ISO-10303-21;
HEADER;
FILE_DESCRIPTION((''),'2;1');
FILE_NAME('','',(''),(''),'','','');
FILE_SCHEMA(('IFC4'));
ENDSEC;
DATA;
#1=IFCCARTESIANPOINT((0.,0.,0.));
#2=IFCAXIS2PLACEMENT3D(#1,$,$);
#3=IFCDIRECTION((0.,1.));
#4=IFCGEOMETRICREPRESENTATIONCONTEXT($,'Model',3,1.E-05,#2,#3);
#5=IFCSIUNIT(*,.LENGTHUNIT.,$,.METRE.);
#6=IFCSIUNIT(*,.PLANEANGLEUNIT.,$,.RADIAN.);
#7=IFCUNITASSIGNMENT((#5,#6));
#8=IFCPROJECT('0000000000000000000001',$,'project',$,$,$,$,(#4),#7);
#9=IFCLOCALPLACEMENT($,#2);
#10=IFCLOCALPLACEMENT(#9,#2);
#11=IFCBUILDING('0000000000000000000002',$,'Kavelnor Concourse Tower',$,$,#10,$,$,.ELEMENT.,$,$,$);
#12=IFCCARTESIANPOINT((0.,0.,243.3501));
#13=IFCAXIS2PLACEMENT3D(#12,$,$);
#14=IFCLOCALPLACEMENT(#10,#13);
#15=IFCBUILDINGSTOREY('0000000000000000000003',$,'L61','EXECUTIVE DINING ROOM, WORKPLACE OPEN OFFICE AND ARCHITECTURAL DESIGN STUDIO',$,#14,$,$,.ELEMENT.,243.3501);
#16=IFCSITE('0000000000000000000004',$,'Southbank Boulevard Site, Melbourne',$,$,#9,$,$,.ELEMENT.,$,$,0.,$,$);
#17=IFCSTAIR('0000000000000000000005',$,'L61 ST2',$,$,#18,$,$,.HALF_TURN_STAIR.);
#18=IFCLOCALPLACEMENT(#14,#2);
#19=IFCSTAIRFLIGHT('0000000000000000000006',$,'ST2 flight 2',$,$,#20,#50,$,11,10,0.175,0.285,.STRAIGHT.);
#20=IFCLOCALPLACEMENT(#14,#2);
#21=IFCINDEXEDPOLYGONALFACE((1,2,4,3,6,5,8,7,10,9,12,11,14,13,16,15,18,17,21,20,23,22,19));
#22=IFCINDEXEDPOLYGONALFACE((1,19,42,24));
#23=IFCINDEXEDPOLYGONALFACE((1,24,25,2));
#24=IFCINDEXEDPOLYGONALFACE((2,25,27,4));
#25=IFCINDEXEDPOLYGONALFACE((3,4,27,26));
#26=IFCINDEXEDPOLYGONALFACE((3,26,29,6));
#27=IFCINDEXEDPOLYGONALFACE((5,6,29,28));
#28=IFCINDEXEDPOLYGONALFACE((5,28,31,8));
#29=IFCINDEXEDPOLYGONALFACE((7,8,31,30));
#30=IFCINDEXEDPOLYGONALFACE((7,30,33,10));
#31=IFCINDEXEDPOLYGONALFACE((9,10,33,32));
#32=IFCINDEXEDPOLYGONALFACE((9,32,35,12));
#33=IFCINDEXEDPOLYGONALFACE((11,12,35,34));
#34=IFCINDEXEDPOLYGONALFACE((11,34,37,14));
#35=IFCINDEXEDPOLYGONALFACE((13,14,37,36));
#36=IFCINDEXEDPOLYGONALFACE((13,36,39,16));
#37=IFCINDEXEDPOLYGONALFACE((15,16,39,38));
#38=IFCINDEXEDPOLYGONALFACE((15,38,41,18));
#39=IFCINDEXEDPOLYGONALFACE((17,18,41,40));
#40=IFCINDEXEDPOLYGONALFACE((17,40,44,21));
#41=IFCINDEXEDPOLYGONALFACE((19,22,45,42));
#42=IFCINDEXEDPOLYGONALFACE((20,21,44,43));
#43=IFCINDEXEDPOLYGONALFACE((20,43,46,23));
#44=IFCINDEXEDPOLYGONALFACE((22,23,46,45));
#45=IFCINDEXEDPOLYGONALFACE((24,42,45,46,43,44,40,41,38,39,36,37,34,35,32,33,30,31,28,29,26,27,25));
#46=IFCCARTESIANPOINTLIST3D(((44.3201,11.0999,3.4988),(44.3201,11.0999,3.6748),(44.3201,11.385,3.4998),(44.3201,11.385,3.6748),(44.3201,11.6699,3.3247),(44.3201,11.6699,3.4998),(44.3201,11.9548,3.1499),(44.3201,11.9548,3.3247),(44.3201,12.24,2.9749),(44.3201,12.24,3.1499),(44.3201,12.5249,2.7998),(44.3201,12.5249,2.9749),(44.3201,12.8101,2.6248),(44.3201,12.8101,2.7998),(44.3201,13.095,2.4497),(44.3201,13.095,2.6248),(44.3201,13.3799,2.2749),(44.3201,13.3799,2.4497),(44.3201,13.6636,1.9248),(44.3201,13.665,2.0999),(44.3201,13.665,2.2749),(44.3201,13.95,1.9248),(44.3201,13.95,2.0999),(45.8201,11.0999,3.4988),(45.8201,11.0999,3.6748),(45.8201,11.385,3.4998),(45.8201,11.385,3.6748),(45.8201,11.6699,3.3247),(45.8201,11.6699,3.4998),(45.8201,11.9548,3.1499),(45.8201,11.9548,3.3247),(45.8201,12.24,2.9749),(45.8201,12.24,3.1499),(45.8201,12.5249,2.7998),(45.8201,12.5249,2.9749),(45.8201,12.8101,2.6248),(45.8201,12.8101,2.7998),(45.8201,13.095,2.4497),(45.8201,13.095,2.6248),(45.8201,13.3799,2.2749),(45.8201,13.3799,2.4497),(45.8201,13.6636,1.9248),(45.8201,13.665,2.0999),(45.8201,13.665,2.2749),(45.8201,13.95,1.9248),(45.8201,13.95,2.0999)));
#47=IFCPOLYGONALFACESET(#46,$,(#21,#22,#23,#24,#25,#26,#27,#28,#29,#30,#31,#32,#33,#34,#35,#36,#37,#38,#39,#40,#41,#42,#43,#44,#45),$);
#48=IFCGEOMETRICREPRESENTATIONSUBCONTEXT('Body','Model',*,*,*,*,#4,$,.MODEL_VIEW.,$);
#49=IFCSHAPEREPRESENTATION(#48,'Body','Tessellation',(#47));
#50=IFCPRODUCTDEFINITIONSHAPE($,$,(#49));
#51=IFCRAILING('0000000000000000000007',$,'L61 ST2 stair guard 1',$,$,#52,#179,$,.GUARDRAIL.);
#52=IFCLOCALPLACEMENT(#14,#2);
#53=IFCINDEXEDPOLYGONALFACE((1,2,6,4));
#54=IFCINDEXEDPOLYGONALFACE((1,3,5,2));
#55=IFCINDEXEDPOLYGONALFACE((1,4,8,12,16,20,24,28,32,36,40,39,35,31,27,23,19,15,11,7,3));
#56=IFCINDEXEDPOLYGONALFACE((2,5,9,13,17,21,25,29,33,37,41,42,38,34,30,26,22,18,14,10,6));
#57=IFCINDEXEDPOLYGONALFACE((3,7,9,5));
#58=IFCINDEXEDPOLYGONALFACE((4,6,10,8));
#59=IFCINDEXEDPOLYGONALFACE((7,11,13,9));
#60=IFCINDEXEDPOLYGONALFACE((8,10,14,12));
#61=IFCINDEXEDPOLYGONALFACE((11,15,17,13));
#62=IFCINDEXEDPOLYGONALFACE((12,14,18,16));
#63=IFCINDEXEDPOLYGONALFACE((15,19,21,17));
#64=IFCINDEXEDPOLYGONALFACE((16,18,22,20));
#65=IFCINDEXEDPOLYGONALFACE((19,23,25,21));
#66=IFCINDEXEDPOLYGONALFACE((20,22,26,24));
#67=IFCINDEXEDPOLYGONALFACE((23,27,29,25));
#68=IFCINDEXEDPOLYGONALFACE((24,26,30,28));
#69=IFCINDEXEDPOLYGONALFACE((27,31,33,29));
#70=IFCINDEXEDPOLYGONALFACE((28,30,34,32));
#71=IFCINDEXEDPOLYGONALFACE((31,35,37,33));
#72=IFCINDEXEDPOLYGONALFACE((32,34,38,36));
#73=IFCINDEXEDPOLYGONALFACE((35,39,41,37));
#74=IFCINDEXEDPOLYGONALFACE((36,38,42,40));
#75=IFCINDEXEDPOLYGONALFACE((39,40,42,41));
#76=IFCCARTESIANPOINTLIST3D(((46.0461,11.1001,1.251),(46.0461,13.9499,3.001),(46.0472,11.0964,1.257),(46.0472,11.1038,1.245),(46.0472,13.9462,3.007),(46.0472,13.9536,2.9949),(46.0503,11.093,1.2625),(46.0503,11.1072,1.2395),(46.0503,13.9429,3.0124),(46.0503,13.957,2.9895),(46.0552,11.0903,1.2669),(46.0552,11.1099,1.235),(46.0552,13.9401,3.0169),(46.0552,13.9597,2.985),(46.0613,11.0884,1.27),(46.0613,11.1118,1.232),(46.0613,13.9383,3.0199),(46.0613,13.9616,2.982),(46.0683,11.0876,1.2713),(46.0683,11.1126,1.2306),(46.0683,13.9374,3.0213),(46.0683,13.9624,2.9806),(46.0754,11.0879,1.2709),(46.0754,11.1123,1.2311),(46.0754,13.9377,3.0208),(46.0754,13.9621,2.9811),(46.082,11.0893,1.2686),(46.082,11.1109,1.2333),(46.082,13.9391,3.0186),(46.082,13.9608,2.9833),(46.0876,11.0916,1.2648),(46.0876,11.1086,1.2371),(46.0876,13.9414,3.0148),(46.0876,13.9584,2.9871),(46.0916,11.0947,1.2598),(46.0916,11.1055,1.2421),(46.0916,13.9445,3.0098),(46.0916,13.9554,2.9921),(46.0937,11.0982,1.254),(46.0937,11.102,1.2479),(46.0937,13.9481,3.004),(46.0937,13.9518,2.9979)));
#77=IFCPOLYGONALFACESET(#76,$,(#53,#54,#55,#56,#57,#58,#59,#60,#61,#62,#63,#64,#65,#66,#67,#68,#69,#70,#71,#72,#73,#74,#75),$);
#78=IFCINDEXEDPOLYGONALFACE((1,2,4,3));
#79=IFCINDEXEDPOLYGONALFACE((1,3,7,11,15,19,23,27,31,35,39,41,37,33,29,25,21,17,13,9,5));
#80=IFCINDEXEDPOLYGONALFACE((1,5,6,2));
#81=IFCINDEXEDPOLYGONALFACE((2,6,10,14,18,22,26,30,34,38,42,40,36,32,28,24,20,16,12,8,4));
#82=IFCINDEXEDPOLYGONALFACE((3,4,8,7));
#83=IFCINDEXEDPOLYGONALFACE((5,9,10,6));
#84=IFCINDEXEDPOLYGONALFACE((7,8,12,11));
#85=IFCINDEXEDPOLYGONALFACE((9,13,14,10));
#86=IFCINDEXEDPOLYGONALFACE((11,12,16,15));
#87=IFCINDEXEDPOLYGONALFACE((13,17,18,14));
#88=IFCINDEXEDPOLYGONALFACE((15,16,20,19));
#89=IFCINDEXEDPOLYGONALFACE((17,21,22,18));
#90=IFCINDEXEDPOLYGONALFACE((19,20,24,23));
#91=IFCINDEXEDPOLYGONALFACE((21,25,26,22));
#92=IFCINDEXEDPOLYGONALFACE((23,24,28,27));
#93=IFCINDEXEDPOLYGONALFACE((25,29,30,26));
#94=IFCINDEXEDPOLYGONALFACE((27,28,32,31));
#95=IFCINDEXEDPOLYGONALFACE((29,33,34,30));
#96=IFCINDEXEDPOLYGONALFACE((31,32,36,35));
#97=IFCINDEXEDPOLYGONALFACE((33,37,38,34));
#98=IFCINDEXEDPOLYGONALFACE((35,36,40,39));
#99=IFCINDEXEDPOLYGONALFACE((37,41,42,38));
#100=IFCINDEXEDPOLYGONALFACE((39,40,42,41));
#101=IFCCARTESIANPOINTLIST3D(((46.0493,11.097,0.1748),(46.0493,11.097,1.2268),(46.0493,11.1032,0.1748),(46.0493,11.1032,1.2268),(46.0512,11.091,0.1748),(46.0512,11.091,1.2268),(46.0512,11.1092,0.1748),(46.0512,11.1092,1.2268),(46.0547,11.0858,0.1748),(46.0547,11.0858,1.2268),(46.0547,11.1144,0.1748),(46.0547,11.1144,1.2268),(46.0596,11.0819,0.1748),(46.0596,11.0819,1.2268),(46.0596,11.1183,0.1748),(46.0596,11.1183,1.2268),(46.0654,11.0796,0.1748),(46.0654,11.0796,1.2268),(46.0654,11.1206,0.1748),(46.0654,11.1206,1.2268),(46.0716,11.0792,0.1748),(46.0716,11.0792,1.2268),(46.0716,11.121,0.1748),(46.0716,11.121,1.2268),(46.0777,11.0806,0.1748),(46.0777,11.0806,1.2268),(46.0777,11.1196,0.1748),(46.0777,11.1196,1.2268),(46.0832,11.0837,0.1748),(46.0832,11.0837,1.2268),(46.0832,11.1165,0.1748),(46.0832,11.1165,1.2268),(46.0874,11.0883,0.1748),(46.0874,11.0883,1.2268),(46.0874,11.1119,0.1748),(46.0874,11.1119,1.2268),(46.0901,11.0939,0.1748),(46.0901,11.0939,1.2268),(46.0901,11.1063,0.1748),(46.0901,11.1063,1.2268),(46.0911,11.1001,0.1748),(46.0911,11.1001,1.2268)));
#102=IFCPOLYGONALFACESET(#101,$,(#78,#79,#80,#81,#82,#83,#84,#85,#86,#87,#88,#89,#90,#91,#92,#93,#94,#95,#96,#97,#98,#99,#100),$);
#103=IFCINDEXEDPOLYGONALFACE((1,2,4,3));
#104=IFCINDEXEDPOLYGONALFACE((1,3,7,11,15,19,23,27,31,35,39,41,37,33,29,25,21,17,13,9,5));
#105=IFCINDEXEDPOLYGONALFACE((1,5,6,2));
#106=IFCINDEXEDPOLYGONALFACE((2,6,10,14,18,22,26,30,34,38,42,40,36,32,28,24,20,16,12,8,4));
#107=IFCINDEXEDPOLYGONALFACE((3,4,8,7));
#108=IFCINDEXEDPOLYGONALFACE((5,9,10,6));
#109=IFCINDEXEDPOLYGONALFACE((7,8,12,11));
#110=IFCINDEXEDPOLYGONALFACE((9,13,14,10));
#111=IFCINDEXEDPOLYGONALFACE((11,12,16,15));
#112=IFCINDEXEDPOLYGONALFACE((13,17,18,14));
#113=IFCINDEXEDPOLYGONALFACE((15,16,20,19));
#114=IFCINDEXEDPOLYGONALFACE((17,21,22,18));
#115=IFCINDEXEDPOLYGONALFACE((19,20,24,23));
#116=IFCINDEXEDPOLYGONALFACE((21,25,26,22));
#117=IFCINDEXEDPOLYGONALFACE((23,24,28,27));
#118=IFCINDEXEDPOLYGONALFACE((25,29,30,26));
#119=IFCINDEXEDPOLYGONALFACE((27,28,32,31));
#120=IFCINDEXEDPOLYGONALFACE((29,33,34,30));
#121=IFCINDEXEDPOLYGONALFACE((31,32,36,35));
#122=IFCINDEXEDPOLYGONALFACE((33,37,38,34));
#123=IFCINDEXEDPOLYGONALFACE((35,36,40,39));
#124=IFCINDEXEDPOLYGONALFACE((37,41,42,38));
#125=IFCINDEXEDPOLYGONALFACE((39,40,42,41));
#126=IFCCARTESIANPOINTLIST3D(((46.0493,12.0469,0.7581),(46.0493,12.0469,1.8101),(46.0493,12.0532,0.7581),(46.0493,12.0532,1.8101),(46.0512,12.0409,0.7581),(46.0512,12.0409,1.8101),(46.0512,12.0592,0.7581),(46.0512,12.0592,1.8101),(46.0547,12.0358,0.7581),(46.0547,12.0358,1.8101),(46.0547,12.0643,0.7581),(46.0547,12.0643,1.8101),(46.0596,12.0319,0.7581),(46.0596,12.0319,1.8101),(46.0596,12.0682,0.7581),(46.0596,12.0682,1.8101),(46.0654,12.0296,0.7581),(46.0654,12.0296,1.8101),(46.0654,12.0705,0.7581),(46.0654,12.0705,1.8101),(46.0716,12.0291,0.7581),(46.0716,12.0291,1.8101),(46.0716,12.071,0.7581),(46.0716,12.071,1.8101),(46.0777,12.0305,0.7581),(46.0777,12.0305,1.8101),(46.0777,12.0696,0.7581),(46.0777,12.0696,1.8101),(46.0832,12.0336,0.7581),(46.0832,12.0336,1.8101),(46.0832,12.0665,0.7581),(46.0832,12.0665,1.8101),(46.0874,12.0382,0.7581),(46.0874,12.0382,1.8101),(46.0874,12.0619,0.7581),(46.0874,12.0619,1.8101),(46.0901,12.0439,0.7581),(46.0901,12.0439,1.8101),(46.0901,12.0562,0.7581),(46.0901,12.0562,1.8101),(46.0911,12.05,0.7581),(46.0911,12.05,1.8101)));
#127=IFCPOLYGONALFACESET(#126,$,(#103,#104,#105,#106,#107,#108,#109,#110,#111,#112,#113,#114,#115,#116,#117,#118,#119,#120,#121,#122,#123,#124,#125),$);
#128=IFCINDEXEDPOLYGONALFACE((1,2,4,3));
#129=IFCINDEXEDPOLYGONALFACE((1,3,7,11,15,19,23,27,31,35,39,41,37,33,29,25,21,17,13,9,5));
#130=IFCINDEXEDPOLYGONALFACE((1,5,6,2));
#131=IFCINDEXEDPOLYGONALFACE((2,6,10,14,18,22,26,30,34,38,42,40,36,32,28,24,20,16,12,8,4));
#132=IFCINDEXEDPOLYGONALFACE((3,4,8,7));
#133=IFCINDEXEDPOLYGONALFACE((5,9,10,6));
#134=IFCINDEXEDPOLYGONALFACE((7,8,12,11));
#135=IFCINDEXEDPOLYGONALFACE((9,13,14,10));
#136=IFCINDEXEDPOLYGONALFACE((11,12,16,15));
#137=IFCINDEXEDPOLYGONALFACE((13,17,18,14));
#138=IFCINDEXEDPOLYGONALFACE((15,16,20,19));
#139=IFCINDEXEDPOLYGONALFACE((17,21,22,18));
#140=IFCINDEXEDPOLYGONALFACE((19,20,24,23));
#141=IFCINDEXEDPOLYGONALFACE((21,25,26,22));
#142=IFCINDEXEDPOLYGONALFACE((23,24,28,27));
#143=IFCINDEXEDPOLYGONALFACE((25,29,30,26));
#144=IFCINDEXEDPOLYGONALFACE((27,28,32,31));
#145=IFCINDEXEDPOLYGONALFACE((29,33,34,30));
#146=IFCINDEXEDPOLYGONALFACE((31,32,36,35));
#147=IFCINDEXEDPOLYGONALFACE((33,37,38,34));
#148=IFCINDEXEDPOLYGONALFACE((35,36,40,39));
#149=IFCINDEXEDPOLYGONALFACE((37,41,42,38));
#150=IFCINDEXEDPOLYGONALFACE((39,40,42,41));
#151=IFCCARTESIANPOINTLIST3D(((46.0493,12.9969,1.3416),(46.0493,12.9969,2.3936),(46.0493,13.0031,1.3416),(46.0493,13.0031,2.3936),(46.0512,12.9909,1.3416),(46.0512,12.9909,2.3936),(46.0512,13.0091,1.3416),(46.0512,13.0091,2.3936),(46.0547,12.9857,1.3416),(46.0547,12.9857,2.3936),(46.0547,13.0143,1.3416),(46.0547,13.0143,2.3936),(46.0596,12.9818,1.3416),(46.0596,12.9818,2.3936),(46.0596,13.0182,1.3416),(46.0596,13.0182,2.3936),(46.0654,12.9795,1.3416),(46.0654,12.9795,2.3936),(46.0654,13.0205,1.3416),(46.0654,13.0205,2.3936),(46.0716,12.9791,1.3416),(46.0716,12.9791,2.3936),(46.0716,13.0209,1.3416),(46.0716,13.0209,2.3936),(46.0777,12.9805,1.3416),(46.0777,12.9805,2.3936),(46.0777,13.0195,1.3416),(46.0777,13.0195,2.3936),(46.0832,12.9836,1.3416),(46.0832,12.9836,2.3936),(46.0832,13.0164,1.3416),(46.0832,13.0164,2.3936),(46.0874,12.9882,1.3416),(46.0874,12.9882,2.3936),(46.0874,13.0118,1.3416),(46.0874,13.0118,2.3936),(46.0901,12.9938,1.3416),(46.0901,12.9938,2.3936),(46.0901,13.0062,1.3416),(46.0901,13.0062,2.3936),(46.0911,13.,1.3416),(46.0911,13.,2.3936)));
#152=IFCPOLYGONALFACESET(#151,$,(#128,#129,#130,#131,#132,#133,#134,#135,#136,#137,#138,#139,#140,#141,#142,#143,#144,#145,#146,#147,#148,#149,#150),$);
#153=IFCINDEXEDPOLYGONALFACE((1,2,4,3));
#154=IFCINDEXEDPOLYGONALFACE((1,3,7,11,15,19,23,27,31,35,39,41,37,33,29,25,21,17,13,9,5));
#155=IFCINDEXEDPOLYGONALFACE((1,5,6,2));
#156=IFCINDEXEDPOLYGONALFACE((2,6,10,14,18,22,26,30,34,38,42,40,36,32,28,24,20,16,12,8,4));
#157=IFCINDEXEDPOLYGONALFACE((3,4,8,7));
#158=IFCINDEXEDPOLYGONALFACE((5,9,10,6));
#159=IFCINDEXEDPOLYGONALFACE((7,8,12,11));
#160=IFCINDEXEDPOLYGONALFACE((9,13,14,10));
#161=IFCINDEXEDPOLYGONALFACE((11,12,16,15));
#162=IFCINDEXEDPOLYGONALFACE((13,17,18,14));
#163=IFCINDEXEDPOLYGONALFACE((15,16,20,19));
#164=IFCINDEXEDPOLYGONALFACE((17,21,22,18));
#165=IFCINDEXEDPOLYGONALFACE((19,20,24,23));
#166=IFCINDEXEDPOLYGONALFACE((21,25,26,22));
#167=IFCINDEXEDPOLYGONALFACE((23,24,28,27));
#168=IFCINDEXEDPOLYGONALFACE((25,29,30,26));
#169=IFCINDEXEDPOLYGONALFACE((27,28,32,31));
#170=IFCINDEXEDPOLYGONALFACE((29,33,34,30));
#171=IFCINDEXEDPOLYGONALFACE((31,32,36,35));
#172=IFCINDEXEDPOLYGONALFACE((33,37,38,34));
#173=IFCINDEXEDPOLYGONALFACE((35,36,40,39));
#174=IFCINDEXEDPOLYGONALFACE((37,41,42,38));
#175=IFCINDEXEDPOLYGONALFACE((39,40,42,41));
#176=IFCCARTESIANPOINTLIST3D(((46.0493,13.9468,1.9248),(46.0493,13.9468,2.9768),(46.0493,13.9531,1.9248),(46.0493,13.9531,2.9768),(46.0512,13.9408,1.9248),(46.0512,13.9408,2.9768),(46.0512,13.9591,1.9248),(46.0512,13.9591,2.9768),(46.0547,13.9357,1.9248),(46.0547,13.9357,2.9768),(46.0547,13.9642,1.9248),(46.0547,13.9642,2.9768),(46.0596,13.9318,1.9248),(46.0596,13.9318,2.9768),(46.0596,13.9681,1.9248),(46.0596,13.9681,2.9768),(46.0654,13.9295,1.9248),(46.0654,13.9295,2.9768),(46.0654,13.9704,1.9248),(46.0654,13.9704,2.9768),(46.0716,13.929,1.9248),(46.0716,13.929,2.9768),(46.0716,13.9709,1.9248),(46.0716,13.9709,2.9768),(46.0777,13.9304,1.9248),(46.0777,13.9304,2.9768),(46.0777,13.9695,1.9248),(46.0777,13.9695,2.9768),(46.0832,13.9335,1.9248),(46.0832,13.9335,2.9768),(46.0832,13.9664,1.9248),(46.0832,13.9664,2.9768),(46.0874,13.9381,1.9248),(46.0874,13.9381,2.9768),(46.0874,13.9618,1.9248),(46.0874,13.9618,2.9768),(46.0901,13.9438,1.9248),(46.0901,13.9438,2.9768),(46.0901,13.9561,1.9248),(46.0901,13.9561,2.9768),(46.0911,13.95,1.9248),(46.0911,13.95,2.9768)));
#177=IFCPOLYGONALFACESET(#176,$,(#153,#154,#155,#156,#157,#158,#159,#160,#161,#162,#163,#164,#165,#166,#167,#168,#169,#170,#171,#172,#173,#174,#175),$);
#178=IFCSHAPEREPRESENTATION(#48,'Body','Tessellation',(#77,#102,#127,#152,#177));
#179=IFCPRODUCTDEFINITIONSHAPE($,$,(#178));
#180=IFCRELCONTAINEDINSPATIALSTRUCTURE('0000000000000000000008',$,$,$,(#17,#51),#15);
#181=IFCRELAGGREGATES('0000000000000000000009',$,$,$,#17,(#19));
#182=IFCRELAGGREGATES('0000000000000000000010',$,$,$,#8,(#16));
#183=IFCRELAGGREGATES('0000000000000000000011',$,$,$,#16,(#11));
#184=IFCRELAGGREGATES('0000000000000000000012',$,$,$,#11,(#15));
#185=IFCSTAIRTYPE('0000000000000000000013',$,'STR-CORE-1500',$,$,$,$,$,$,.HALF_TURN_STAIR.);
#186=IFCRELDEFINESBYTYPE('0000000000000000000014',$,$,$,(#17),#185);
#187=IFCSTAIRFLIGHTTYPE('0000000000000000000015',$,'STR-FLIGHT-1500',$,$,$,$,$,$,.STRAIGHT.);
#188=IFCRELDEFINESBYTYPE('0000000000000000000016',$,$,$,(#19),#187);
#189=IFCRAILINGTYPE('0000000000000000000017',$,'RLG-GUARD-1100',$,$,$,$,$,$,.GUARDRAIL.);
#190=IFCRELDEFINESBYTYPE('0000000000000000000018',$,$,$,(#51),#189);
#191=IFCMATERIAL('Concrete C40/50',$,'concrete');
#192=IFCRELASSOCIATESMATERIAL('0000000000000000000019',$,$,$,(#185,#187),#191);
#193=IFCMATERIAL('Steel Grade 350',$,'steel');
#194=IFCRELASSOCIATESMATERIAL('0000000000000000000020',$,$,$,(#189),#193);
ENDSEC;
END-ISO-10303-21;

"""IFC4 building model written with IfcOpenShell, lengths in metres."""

from ifc_helpers import new_model, si_unit, direction, frame, origin, origin_2d, place, context, subcontext, project, spatial, polyline, circle, outline, extrude, material, type_object, element, aggregate, save


model = new_model("IFC4")

# Units and contexts
model_context = context("Model", 3, precision=1e-05, world=origin(), true_north=direction((0.0, 1.0)))
body_context = subcontext(model_context, "Body", "Model", "MODEL_VIEW")
ifc_project = project(units=[si_unit("LENGTHUNIT", "METRE"), si_unit("PLANEANGLEUNIT", "RADIAN")], contexts=[model_context])

# Site, building, storey
site_placement = place(None, origin())
site = spatial("IfcSite", under=ifc_project, at=site_placement, Name="Southbank Boulevard Site, Melbourne", CompositionType="ELEMENT", RefElevation=0.0)
building_placement = place(site_placement, origin())
building = spatial("IfcBuilding", under=site, at=building_placement, Name="Kavelnor Concourse Tower", CompositionType="ELEMENT")
storey_placement = place(building_placement, frame((0.0, 0.0, 243.3501)))
storey = spatial("IfcBuildingStorey", under=building, at=storey_placement, Name="L61", Description="EXECUTIVE DINING ROOM, WORKPLACE OPEN OFFICE AND ARCHITECTURAL DESIGN STUDIO", CompositionType="ELEMENT", Elevation=243.3501)

# Shared definitions
ifc_material_1 = material(Name="Steel Grade 350", Category="steel")

# Stair, stair flight
ifc_material_2 = material(Name="Concrete C40/50", Category="concrete")
stair_type = type_object("IfcStairType", Name="STR-CORE-1500", PredefinedType="HALF_TURN_STAIR", material=ifc_material_2)
stair_placement = place(storey_placement, origin())
stair = element("IfcStair", 1, at=stair_placement, inside=storey, type_object=stair_type, Name="L61 ST2", PredefinedType="HALF_TURN_STAIR")
stair_flight_type = type_object("IfcStairFlightType", Name="STR-FLIGHT-1500", PredefinedType="STRAIGHT", material=ifc_material_2)
stair_flight_1_placement = place(storey_placement, frame((45.0701, 13.95, 1.9248), z_axis=(0.0, 0.0, 1.0), x_axis=(0.0, -1.0, 0.0)))
stair_flight_1 = element("IfcStairFlight", 2, at=stair_flight_1_placement, type_object=stair_flight_type, Name="ST2 flight 2", NumberOfRisers=11, NumberOfTreads=10, PredefinedType="STRAIGHT", RiserHeight=0.175, TreadLength=0.285, context=body_context, shape_type="SweptSolid", body=[
    extrude(outline(polyline([(0.0, 0.0), (0.0, 0.175), (0.2849, 0.175), (0.2849, 0.3501), (0.5701, 0.3501), (0.5701, 0.5249), (0.855, 0.5249), (0.855, 0.7), (1.1399, 0.7), (1.1399, 0.875), (1.425, 0.875), (1.425, 1.05), (1.71, 1.05), (1.71, 1.2251), (1.9951, 1.2251), (1.9951, 1.3999), (2.28, 1.3999), (2.28, 1.575), (2.5649, 1.575), (2.5649, 1.75), (2.8501, 1.75), (2.8501, 1.925), (2.8501, 1.574), (0.2864, 0.0), (0.0, 0.0)])), frame((0.0, 0.75, 0.0), z_axis=(0.0, -1.0, 0.0), x_axis=(1.0, 0.0, 0.0)), (0.0, 0.0, 1.0), 1.5),
])
aggregate(stair, [stair_flight_1])

# Railing
railing_type_1 = type_object("IfcRailingType", Name="RLG-GUARD-1100", PredefinedType="GUARDRAIL", material=ifc_material_1)
railing_1_placement = place(storey_placement, frame((46.0701, 11.1001, 0.1748)))
element("IfcRailing", 3, at=railing_1_placement, inside=storey, type_object=railing_type_1, Name="L61 ST2 stair guard 1", PredefinedType="GUARDRAIL", context=body_context, shape_type="SweptSolid", body=[
    extrude(circle(Radius=0.0239, at=origin_2d()), frame((0.0, 0.0, 1.0762), z_axis=(0.0, 0.852159, 0.523283), x_axis=(-1.0, 0.0, 0.0)), (0.0, 0.0, 1.0), 3.3442),
    extrude(circle(Radius=0.021, at=origin_2d()), origin(), (0.0, 0.0, 1.0), 1.052),
    extrude(circle(Radius=0.021, at=origin_2d()), frame((0.0, 0.95, 0.5833)), (0.0, 0.0, 1.0), 1.052),
    extrude(circle(Radius=0.021, at=origin_2d()), frame((0.0, 1.8999, 1.1667)), (0.0, 0.0, 1.0), 1.052),
    extrude(circle(Radius=0.021, at=origin_2d()), frame((0.0, 2.8499, 1.75)), (0.0, 0.0, 1.0), 1.052),
])

save(model, "model.ifc")
